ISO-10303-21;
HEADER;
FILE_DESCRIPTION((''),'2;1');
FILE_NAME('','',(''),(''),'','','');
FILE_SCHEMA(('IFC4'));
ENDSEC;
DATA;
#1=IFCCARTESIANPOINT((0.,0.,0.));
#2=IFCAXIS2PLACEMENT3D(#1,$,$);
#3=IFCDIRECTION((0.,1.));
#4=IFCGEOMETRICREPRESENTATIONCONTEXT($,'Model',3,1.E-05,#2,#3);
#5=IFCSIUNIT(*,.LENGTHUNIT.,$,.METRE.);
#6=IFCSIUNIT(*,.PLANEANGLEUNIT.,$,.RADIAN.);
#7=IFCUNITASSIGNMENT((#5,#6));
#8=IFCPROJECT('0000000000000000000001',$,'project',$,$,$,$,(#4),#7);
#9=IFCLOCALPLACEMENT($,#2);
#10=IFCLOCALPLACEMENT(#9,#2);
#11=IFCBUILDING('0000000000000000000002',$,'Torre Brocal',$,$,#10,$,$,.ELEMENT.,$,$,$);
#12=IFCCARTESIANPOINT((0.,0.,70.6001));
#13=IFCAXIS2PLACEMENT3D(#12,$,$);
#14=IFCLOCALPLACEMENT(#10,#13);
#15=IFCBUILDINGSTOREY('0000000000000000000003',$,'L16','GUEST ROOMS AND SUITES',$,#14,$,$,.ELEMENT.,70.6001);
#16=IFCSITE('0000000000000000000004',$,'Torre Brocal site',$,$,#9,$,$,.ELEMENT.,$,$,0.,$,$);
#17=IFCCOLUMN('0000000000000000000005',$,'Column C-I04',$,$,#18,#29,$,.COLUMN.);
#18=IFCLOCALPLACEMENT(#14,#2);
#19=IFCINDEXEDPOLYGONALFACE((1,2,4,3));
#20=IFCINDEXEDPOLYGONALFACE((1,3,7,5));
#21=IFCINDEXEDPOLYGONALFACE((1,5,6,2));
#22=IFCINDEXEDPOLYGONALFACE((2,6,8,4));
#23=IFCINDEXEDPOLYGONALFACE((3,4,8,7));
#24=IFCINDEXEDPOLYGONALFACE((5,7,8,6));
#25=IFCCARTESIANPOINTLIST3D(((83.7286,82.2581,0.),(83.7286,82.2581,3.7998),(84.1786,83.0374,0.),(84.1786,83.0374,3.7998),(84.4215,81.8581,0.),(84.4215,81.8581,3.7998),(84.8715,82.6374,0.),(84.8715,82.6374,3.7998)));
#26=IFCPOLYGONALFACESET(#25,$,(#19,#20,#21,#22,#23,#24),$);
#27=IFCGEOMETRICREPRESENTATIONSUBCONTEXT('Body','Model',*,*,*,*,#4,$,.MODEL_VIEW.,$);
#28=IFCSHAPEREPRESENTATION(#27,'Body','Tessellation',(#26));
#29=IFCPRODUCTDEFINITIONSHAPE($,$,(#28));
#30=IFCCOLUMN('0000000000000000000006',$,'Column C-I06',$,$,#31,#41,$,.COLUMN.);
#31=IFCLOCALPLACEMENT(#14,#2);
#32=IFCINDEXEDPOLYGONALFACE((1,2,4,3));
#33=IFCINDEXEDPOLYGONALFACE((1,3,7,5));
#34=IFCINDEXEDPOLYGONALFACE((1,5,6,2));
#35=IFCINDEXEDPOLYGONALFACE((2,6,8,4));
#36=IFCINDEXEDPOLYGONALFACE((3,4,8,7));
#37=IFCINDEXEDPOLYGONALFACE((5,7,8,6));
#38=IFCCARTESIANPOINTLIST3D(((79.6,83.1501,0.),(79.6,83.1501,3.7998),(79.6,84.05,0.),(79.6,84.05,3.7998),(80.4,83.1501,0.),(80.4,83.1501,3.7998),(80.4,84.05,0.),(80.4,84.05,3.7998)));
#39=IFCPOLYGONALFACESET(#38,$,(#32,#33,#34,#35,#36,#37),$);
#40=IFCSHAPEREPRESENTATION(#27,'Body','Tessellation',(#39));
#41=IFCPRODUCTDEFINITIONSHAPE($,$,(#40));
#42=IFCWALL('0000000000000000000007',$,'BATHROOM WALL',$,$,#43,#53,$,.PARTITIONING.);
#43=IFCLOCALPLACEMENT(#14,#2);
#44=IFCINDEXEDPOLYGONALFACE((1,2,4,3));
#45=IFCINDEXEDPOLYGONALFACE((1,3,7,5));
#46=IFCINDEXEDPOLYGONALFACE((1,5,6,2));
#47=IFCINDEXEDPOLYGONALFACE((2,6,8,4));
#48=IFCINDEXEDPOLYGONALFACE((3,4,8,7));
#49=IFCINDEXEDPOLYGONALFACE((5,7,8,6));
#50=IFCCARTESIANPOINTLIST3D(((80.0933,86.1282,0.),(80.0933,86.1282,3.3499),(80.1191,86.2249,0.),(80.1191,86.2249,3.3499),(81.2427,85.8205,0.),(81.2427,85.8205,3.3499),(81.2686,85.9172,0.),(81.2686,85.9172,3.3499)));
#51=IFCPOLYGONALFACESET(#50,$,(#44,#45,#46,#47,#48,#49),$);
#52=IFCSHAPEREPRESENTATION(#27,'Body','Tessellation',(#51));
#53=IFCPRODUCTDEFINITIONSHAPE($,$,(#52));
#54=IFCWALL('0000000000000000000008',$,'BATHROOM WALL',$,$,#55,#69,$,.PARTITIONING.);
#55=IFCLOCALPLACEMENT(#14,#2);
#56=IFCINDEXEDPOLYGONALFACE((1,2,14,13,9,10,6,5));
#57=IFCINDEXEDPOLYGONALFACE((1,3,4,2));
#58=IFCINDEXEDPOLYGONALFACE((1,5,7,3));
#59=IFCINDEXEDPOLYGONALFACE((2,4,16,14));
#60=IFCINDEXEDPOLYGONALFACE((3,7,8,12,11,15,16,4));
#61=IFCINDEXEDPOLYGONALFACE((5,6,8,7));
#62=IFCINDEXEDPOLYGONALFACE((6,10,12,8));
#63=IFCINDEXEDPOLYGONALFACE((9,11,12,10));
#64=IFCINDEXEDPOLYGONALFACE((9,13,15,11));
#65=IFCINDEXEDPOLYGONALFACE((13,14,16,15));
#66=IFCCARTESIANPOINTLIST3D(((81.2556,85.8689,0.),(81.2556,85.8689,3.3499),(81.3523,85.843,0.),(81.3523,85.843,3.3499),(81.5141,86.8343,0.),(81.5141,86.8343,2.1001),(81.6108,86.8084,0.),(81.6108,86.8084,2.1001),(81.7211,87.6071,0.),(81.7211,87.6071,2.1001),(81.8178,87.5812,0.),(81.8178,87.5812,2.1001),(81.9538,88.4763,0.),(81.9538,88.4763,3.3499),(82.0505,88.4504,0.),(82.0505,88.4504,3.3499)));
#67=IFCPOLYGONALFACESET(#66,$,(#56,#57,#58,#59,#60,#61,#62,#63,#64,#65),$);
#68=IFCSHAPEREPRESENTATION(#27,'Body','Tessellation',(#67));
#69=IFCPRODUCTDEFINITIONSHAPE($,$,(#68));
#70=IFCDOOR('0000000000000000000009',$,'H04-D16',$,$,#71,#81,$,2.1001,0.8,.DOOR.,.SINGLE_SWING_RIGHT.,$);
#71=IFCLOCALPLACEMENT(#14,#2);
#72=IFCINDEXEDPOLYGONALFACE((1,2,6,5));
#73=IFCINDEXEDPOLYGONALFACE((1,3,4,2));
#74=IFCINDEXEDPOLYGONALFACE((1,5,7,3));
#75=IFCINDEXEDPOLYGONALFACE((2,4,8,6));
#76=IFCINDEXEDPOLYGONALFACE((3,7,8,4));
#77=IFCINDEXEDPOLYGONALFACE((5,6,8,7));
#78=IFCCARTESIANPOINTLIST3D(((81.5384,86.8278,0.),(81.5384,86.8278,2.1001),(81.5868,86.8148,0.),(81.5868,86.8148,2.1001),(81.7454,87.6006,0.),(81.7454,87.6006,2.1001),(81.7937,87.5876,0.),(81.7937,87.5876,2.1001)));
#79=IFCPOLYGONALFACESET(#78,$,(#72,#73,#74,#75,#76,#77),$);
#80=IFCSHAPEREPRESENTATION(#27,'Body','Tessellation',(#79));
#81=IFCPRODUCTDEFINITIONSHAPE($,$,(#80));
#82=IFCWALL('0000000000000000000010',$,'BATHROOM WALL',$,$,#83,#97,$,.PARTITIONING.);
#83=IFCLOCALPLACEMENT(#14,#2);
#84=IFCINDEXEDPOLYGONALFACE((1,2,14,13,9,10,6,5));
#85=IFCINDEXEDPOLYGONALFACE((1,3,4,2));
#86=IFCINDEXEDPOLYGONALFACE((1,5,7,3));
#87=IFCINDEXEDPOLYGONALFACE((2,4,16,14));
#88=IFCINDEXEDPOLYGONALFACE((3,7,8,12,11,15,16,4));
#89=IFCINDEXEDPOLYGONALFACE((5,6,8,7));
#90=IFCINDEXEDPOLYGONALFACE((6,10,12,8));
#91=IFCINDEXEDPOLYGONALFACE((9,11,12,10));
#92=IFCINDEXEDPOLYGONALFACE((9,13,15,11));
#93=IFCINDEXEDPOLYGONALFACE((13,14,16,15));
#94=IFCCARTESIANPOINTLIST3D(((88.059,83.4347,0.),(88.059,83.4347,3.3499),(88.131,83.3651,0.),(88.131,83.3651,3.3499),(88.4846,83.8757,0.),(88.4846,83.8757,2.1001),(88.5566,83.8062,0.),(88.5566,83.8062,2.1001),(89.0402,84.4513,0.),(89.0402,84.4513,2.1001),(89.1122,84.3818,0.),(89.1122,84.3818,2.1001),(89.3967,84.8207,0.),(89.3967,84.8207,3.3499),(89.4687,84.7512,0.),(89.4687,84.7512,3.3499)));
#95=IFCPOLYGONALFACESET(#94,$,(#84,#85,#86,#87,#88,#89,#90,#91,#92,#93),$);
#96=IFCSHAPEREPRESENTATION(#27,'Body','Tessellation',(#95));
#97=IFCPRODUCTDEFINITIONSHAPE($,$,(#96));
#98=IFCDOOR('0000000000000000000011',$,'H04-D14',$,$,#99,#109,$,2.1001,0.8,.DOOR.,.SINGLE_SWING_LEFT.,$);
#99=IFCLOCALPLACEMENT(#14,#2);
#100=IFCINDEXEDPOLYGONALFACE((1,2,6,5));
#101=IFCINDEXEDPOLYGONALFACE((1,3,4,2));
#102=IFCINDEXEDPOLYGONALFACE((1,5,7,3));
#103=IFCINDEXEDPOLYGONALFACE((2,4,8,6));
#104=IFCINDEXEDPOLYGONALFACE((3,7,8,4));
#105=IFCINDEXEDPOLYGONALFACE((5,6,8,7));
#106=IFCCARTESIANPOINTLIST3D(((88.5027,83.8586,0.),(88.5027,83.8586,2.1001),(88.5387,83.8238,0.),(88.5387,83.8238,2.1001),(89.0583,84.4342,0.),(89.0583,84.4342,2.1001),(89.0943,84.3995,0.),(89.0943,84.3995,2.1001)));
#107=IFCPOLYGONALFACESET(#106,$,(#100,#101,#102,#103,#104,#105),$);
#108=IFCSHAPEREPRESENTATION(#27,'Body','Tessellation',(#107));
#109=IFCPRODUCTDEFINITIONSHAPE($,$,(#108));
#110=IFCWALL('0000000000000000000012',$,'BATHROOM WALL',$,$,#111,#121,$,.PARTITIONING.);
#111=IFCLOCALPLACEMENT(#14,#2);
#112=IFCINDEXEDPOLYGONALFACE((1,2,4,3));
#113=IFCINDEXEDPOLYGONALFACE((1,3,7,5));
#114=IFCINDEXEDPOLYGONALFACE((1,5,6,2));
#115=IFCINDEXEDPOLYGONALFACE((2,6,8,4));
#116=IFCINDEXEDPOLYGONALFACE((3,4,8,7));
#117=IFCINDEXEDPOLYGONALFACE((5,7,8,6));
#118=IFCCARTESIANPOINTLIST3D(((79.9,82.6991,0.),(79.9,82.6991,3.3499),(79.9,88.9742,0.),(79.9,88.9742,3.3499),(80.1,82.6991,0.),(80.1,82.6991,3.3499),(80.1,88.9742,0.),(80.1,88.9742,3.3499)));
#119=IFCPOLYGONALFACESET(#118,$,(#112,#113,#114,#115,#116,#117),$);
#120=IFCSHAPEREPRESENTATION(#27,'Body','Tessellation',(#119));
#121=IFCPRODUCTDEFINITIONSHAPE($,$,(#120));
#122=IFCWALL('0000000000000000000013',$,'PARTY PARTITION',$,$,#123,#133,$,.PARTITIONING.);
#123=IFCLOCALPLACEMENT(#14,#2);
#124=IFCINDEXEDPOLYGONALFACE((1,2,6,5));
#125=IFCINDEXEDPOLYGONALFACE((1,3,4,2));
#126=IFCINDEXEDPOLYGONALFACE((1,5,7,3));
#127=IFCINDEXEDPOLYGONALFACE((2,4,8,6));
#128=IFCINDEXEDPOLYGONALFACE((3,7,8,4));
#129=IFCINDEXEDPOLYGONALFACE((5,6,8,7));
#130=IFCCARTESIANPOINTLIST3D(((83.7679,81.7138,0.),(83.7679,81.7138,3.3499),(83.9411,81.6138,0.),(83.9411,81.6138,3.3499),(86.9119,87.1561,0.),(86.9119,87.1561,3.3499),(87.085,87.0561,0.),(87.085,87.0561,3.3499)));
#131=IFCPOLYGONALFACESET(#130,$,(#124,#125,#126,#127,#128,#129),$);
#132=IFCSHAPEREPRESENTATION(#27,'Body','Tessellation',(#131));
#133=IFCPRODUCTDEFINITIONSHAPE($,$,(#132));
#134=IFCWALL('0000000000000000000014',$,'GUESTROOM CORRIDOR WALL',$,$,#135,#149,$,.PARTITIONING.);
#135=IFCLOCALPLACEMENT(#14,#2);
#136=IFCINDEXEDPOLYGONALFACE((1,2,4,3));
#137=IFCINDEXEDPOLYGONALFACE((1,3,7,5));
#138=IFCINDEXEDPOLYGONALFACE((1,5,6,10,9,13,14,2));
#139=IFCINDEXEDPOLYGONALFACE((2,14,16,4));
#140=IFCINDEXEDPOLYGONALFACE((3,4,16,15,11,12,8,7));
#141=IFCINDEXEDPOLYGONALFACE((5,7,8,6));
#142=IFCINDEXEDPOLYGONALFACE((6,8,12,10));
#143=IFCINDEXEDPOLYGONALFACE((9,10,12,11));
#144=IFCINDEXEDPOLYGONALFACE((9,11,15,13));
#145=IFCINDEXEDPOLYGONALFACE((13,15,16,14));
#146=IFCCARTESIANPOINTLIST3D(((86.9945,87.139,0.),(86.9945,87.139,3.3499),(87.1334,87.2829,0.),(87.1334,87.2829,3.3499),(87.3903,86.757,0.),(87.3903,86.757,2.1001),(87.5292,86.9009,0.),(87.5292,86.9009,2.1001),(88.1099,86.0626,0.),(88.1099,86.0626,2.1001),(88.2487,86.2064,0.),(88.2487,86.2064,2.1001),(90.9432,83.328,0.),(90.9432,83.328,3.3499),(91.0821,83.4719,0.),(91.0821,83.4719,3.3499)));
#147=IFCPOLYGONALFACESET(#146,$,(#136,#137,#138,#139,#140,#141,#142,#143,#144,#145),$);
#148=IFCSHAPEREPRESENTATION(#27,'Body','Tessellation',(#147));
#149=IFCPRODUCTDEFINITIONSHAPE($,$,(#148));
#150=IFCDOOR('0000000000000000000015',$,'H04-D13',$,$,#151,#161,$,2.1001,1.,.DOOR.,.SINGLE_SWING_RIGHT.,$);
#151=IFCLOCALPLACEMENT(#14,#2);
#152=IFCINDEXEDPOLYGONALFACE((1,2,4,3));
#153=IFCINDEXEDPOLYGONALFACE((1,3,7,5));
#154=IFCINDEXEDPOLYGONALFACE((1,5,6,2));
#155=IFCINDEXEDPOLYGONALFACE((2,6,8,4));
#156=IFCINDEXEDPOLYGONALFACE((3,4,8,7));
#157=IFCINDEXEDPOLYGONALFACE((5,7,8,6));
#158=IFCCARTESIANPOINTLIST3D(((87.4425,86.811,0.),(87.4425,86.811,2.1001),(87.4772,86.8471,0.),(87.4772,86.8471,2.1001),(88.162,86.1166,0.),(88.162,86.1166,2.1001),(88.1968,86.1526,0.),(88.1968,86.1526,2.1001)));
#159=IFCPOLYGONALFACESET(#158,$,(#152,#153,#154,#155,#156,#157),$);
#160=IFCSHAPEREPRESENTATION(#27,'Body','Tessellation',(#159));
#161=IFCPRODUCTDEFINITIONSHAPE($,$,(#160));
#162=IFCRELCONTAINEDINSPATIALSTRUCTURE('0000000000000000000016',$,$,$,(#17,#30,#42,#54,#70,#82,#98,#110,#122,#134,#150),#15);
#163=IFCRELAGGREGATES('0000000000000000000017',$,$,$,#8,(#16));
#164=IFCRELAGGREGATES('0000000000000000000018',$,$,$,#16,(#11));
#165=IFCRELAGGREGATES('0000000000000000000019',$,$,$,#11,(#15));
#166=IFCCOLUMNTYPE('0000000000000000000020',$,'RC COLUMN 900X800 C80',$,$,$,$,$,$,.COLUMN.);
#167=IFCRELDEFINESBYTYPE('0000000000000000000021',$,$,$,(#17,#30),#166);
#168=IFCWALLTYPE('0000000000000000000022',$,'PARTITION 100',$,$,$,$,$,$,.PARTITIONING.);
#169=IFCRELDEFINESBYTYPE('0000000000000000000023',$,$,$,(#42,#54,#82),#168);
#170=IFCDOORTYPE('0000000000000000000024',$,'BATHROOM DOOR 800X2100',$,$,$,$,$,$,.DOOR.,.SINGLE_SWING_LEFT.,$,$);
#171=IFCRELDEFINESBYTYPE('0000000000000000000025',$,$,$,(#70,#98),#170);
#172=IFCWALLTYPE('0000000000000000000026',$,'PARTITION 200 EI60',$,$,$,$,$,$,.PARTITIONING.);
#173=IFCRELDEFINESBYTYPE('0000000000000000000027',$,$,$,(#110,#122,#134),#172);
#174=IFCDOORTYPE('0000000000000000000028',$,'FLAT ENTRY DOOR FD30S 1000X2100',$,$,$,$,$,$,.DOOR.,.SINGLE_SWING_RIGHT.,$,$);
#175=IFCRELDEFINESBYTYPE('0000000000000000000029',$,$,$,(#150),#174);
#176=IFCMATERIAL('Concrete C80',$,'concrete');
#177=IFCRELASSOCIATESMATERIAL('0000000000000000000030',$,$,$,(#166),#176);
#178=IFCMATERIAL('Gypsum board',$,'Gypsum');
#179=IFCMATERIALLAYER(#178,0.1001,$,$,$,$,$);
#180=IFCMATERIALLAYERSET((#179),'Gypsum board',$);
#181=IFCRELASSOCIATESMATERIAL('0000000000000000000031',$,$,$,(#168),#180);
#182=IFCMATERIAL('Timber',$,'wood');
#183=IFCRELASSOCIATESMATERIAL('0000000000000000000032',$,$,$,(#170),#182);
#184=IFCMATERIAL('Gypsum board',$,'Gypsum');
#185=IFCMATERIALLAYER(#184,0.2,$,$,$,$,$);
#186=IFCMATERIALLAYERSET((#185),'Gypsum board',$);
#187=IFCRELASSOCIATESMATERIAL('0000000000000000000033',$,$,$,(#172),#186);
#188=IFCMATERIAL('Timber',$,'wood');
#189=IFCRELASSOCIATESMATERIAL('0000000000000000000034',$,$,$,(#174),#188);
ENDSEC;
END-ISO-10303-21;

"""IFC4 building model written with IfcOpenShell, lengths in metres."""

from ifc_helpers import new_model, si_unit, direction, frame, frame_2d, origin, origin_2d, place, context, subcontext, project, spatial, rectangle, extrude, material, layer, layer_set, material_profile, profile_set, type_object, element, fill, save


model = new_model("IFC4")

# Units and contexts
model_context = context("Model", 3, precision=1e-05, world=origin(), true_north=direction((0.0, 1.0)))
body_context = subcontext(model_context, "Body", "Model", "MODEL_VIEW")
ifc_project = project(units=[si_unit("LENGTHUNIT", "METRE"), si_unit("PLANEANGLEUNIT", "RADIAN")], contexts=[model_context])

# Site, building, storey
site_placement = place(None, origin())
site = spatial("IfcSite", under=ifc_project, at=site_placement, Name="Torre Brocal site", CompositionType="ELEMENT", RefElevation=0.0)
building_placement = place(site_placement, origin())
building = spatial("IfcBuilding", under=site, at=building_placement, Name="Torre Brocal", CompositionType="ELEMENT")
storey_placement = place(building_placement, frame((0.0, 0.0, 70.6001)))
storey = spatial("IfcBuildingStorey", under=building, at=storey_placement, Name="L16", Description="GUEST ROOMS AND SUITES", CompositionType="ELEMENT", Elevation=70.6001)

# Columns
ifc_material_1 = material(Name="Concrete C80", Category="concrete")
ifc_material_profile = material_profile(ifc_material_1, rectangle(XDim=0.8999, YDim=0.8, at=origin_2d()), Name="RC 900X800")
ifc_profile_set = profile_set([ifc_material_profile], Name="Concrete C80")
column_type = type_object("IfcColumnType", Name="RC COLUMN 900X800 C80", PredefinedType="COLUMN", material=ifc_profile_set)
for number, where, z_axis, x_axis, name in (
    (1, (84.3, 82.4478, 0.0), (0.0, 0.0, 1.0), (0.5, 0.866025, 0.0), "Column C-I04"),
    (2, (80.0, 83.6001, 0.0), (0.0, 0.0, 1.0), (0.0, 1.0, 0.0), "Column C-I06"),
):
    element("IfcColumn", number, at=place(storey_placement, frame(where, z_axis=z_axis, x_axis=x_axis)), inside=storey, type_object=column_type, Name=name, PredefinedType="COLUMN", context=body_context, shape_type="SweptSolid", body=[
        extrude(rectangle(XDim=0.8999, YDim=0.8, at=origin_2d()), origin(), (0.0, 0.0, 1.0), 3.7998),
    ])

# Wall
ifc_material_2 = material(Name="Gypsum board", Category="Gypsum")
ifc_layer_1 = layer(ifc_material_2, 0.1001)
ifc_layer_set_1 = layer_set([ifc_layer_1], Name="Gypsum board")
wall_type_1 = type_object("IfcWallType", Name="PARTITION 100", PredefinedType="PARTITIONING", material=ifc_layer_set_1)
wall_1_placement = place(storey_placement, frame((80.1062, 86.1765, 0.0), z_axis=(0.0, 0.0, 1.0), x_axis=(0.966003, -0.258531, 0.0)))
element("IfcWall", 3, at=wall_1_placement, inside=storey, type_object=wall_type_1, Name="BATHROOM WALL", PredefinedType="PARTITIONING", context=body_context, shape_type="SweptSolid", body=[
    extrude(rectangle(XDim=1.1899, YDim=0.1001, at=frame_2d((0.595, 0.0))), origin(), (0.0, 0.0, 1.0), 3.3499),
])

# Walls, openings, doors
wall_2_placement = place(storey_placement, frame((81.304, 85.856, 0.0), z_axis=(0.0, 0.0, 1.0), x_axis=(0.258676, 0.965964, 0.0)))
wall_2 = element("IfcWall", 4, at=wall_2_placement, inside=storey, type_object=wall_type_1, Name="BATHROOM WALL", PredefinedType="PARTITIONING", context=body_context, shape_type="SweptSolid", body=[
    extrude(rectangle(XDim=2.6992, YDim=0.1001, at=frame_2d((1.3496, 0.0))), origin(), (0.0, 0.0, 1.0), 3.3499),
])
opening_1_placement = place(wall_2_placement, frame((0.9995, 0.0, 0.0)))
opening_1 = element("IfcOpeningElement", 5, at=opening_1_placement, cuts=wall_2, PredefinedType="OPENING", context=body_context, shape_type="SweptSolid", body=[
    extrude(rectangle(XDim=0.8, YDim=2.1001, at=frame_2d((0.3999, 1.05))), frame((0.0, 0.0601, 0.0), z_axis=(0.0, -1.0, 0.0), x_axis=(1.0, 0.0, 0.0)), (0.0, 0.0, 1.0), 0.1201),
])
ifc_material_3 = material(Name="Timber", Category="wood")
door_type_1 = type_object("IfcDoorType", Name="BATHROOM DOOR 800X2100", OperationType="SINGLE_SWING_LEFT", PredefinedType="DOOR", material=ifc_material_3)
door_1_placement = place(opening_1_placement, origin())
door_1 = element("IfcDoor", 6, at=door_1_placement, inside=storey, type_object=door_type_1, Name="H04-D16", OperationType="SINGLE_SWING_RIGHT", OverallHeight=2.1001, OverallWidth=0.8, PredefinedType="DOOR", context=body_context, shape_type="SweptSolid", body=[
    extrude(rectangle(XDim=0.8, YDim=2.1001, at=frame_2d((0.3999, 1.05))), frame((0.0, 0.0249, 0.0), z_axis=(0.0, -1.0, 0.0), x_axis=(1.0, 0.0, 0.0)), (0.0, 0.0, 1.0), 0.05),
])
fill(opening_1, door_1)
wall_3_placement = place(storey_placement, frame((88.095, 83.3999, 0.0), z_axis=(0.0, 0.0, 1.0), x_axis=(0.694447, 0.719543, 0.0)))
wall_3 = element("IfcWall", 7, at=wall_3_placement, inside=storey, type_object=wall_type_1, Name="BATHROOM WALL", PredefinedType="PARTITIONING", context=body_context, shape_type="SweptSolid", body=[
    extrude(rectangle(XDim=1.9263, YDim=0.1001, at=frame_2d((0.9631, 0.0))), origin(), (0.0, 0.0, 1.0), 3.3499),
])
opening_2_placement = place(wall_3_placement, frame((0.613, 0.0, 0.0)))
opening_2 = element("IfcOpeningElement", 8, at=opening_2_placement, cuts=wall_3, PredefinedType="OPENING", context=body_context, shape_type="SweptSolid", body=[
    extrude(rectangle(XDim=0.8, YDim=2.1001, at=frame_2d((0.3999, 1.05))), frame((0.0, 0.0601, 0.0), z_axis=(0.0, -1.0, 0.0), x_axis=(1.0, 0.0, 0.0)), (0.0, 0.0, 1.0), 0.1201),
])
door_2_placement = place(opening_2_placement, frame((0.8, 0.0, 0.0), z_axis=(0.0, 0.0, 1.0), x_axis=(-1.0, 0.0, 0.0)))
door_2 = element("IfcDoor", 9, at=door_2_placement, inside=storey, type_object=door_type_1, Name="H04-D14", OperationType="SINGLE_SWING_LEFT", OverallHeight=2.1001, OverallWidth=0.8, PredefinedType="DOOR", context=body_context, shape_type="SweptSolid", body=[
    extrude(rectangle(XDim=0.8, YDim=2.1001, at=frame_2d((0.3999, 1.05))), frame((0.0, 0.0249, 0.0), z_axis=(0.0, -1.0, 0.0), x_axis=(1.0, 0.0, 0.0)), (0.0, 0.0, 1.0), 0.05),
])
fill(opening_2, door_2)

# Walls
ifc_material_4 = material(Name="Gypsum board", Category="Gypsum")
ifc_layer_2 = layer(ifc_material_4, 0.2)
ifc_layer_set_2 = layer_set([ifc_layer_2], Name="Gypsum board")
wall_type_2 = type_object("IfcWallType", Name="PARTITION 200 EI60", PredefinedType="PARTITIONING", material=ifc_layer_set_2)
wall_4_placement = place(storey_placement, frame((80.0, 82.699, 0.0), z_axis=(0.0, 0.0, 1.0), x_axis=(0.0, 1.0, 0.0)))
element("IfcWall", 10, at=wall_4_placement, inside=storey, type_object=wall_type_2, Name="BATHROOM WALL", PredefinedType="PARTITIONING", context=body_context, shape_type="SweptSolid", body=[
    extrude(rectangle(XDim=6.2751, YDim=0.2, at=frame_2d((3.1377, 0.0))), origin(), (0.0, 0.0, 1.0), 3.3499),
])
wall_5_placement = place(storey_placement, frame((83.8545, 81.6638, 0.0), z_axis=(0.0, 0.0, 1.0), x_axis=(0.500225, 0.865896, 0.0)))
element("IfcWall", 11, at=wall_5_placement, inside=storey, type_object=wall_type_2, Name="PARTY PARTITION", PredefinedType="PARTITIONING", context=body_context, shape_type="SweptSolid", body=[
    extrude(rectangle(XDim=6.2852, YDim=0.2, at=frame_2d((3.1426, 0.0))), origin(), (0.0, 0.0, 1.0), 3.3499),
])

# Wall, opening, door
wall_6_placement = place(storey_placement, frame((87.064, 87.2109, 0.0), z_axis=(0.0, 0.0, 1.0), x_axis=(0.719541, -0.69445, 0.0)))
wall_6 = element("IfcWall", 12, at=wall_6_placement, inside=storey, type_object=wall_type_2, Name="GUESTROOM CORRIDOR WALL", PredefinedType="PARTITIONING", context=body_context, shape_type="SweptSolid", body=[
    extrude(rectangle(XDim=5.4878, YDim=0.2, at=frame_2d((2.7439, 0.0))), origin(), (0.0, 0.0, 1.0), 3.3499),
])
opening_3_placement = place(wall_6_placement, frame((0.55, 0.0, 0.0)))
opening_3 = element("IfcOpeningElement", 13, at=opening_3_placement, cuts=wall_6, PredefinedType="OPENING", context=body_context, shape_type="SweptSolid", body=[
    extrude(rectangle(XDim=1.0, YDim=2.1001, at=frame_2d((0.5, 1.05))), frame((0.0, 0.1099, 0.0), z_axis=(0.0, -1.0, 0.0), x_axis=(1.0, 0.0, 0.0)), (0.0, 0.0, 1.0), 0.22),
])
ifc_material_5 = material(Name="Timber", Category="wood")
door_type_2 = type_object("IfcDoorType", Name="FLAT ENTRY DOOR FD30S 1000X2100", OperationType="SINGLE_SWING_RIGHT", PredefinedType="DOOR", material=ifc_material_5)
door_3_placement = place(opening_3_placement, frame((1.0, 0.0, 0.0), z_axis=(0.0, 0.0, 1.0), x_axis=(-1.0, 0.0, 0.0)))
door_3 = element("IfcDoor", 14, at=door_3_placement, inside=storey, type_object=door_type_2, Name="H04-D13", OperationType="SINGLE_SWING_RIGHT", OverallHeight=2.1001, OverallWidth=1.0, PredefinedType="DOOR", context=body_context, shape_type="SweptSolid", body=[
    extrude(rectangle(XDim=1.0, YDim=2.1001, at=frame_2d((0.5, 1.05))), frame((0.0, 0.0249, 0.0), z_axis=(0.0, -1.0, 0.0), x_axis=(1.0, 0.0, 0.0)), (0.0, 0.0, 1.0), 0.05),
])
fill(opening_3, door_3)

save(model, "model.ifc")
